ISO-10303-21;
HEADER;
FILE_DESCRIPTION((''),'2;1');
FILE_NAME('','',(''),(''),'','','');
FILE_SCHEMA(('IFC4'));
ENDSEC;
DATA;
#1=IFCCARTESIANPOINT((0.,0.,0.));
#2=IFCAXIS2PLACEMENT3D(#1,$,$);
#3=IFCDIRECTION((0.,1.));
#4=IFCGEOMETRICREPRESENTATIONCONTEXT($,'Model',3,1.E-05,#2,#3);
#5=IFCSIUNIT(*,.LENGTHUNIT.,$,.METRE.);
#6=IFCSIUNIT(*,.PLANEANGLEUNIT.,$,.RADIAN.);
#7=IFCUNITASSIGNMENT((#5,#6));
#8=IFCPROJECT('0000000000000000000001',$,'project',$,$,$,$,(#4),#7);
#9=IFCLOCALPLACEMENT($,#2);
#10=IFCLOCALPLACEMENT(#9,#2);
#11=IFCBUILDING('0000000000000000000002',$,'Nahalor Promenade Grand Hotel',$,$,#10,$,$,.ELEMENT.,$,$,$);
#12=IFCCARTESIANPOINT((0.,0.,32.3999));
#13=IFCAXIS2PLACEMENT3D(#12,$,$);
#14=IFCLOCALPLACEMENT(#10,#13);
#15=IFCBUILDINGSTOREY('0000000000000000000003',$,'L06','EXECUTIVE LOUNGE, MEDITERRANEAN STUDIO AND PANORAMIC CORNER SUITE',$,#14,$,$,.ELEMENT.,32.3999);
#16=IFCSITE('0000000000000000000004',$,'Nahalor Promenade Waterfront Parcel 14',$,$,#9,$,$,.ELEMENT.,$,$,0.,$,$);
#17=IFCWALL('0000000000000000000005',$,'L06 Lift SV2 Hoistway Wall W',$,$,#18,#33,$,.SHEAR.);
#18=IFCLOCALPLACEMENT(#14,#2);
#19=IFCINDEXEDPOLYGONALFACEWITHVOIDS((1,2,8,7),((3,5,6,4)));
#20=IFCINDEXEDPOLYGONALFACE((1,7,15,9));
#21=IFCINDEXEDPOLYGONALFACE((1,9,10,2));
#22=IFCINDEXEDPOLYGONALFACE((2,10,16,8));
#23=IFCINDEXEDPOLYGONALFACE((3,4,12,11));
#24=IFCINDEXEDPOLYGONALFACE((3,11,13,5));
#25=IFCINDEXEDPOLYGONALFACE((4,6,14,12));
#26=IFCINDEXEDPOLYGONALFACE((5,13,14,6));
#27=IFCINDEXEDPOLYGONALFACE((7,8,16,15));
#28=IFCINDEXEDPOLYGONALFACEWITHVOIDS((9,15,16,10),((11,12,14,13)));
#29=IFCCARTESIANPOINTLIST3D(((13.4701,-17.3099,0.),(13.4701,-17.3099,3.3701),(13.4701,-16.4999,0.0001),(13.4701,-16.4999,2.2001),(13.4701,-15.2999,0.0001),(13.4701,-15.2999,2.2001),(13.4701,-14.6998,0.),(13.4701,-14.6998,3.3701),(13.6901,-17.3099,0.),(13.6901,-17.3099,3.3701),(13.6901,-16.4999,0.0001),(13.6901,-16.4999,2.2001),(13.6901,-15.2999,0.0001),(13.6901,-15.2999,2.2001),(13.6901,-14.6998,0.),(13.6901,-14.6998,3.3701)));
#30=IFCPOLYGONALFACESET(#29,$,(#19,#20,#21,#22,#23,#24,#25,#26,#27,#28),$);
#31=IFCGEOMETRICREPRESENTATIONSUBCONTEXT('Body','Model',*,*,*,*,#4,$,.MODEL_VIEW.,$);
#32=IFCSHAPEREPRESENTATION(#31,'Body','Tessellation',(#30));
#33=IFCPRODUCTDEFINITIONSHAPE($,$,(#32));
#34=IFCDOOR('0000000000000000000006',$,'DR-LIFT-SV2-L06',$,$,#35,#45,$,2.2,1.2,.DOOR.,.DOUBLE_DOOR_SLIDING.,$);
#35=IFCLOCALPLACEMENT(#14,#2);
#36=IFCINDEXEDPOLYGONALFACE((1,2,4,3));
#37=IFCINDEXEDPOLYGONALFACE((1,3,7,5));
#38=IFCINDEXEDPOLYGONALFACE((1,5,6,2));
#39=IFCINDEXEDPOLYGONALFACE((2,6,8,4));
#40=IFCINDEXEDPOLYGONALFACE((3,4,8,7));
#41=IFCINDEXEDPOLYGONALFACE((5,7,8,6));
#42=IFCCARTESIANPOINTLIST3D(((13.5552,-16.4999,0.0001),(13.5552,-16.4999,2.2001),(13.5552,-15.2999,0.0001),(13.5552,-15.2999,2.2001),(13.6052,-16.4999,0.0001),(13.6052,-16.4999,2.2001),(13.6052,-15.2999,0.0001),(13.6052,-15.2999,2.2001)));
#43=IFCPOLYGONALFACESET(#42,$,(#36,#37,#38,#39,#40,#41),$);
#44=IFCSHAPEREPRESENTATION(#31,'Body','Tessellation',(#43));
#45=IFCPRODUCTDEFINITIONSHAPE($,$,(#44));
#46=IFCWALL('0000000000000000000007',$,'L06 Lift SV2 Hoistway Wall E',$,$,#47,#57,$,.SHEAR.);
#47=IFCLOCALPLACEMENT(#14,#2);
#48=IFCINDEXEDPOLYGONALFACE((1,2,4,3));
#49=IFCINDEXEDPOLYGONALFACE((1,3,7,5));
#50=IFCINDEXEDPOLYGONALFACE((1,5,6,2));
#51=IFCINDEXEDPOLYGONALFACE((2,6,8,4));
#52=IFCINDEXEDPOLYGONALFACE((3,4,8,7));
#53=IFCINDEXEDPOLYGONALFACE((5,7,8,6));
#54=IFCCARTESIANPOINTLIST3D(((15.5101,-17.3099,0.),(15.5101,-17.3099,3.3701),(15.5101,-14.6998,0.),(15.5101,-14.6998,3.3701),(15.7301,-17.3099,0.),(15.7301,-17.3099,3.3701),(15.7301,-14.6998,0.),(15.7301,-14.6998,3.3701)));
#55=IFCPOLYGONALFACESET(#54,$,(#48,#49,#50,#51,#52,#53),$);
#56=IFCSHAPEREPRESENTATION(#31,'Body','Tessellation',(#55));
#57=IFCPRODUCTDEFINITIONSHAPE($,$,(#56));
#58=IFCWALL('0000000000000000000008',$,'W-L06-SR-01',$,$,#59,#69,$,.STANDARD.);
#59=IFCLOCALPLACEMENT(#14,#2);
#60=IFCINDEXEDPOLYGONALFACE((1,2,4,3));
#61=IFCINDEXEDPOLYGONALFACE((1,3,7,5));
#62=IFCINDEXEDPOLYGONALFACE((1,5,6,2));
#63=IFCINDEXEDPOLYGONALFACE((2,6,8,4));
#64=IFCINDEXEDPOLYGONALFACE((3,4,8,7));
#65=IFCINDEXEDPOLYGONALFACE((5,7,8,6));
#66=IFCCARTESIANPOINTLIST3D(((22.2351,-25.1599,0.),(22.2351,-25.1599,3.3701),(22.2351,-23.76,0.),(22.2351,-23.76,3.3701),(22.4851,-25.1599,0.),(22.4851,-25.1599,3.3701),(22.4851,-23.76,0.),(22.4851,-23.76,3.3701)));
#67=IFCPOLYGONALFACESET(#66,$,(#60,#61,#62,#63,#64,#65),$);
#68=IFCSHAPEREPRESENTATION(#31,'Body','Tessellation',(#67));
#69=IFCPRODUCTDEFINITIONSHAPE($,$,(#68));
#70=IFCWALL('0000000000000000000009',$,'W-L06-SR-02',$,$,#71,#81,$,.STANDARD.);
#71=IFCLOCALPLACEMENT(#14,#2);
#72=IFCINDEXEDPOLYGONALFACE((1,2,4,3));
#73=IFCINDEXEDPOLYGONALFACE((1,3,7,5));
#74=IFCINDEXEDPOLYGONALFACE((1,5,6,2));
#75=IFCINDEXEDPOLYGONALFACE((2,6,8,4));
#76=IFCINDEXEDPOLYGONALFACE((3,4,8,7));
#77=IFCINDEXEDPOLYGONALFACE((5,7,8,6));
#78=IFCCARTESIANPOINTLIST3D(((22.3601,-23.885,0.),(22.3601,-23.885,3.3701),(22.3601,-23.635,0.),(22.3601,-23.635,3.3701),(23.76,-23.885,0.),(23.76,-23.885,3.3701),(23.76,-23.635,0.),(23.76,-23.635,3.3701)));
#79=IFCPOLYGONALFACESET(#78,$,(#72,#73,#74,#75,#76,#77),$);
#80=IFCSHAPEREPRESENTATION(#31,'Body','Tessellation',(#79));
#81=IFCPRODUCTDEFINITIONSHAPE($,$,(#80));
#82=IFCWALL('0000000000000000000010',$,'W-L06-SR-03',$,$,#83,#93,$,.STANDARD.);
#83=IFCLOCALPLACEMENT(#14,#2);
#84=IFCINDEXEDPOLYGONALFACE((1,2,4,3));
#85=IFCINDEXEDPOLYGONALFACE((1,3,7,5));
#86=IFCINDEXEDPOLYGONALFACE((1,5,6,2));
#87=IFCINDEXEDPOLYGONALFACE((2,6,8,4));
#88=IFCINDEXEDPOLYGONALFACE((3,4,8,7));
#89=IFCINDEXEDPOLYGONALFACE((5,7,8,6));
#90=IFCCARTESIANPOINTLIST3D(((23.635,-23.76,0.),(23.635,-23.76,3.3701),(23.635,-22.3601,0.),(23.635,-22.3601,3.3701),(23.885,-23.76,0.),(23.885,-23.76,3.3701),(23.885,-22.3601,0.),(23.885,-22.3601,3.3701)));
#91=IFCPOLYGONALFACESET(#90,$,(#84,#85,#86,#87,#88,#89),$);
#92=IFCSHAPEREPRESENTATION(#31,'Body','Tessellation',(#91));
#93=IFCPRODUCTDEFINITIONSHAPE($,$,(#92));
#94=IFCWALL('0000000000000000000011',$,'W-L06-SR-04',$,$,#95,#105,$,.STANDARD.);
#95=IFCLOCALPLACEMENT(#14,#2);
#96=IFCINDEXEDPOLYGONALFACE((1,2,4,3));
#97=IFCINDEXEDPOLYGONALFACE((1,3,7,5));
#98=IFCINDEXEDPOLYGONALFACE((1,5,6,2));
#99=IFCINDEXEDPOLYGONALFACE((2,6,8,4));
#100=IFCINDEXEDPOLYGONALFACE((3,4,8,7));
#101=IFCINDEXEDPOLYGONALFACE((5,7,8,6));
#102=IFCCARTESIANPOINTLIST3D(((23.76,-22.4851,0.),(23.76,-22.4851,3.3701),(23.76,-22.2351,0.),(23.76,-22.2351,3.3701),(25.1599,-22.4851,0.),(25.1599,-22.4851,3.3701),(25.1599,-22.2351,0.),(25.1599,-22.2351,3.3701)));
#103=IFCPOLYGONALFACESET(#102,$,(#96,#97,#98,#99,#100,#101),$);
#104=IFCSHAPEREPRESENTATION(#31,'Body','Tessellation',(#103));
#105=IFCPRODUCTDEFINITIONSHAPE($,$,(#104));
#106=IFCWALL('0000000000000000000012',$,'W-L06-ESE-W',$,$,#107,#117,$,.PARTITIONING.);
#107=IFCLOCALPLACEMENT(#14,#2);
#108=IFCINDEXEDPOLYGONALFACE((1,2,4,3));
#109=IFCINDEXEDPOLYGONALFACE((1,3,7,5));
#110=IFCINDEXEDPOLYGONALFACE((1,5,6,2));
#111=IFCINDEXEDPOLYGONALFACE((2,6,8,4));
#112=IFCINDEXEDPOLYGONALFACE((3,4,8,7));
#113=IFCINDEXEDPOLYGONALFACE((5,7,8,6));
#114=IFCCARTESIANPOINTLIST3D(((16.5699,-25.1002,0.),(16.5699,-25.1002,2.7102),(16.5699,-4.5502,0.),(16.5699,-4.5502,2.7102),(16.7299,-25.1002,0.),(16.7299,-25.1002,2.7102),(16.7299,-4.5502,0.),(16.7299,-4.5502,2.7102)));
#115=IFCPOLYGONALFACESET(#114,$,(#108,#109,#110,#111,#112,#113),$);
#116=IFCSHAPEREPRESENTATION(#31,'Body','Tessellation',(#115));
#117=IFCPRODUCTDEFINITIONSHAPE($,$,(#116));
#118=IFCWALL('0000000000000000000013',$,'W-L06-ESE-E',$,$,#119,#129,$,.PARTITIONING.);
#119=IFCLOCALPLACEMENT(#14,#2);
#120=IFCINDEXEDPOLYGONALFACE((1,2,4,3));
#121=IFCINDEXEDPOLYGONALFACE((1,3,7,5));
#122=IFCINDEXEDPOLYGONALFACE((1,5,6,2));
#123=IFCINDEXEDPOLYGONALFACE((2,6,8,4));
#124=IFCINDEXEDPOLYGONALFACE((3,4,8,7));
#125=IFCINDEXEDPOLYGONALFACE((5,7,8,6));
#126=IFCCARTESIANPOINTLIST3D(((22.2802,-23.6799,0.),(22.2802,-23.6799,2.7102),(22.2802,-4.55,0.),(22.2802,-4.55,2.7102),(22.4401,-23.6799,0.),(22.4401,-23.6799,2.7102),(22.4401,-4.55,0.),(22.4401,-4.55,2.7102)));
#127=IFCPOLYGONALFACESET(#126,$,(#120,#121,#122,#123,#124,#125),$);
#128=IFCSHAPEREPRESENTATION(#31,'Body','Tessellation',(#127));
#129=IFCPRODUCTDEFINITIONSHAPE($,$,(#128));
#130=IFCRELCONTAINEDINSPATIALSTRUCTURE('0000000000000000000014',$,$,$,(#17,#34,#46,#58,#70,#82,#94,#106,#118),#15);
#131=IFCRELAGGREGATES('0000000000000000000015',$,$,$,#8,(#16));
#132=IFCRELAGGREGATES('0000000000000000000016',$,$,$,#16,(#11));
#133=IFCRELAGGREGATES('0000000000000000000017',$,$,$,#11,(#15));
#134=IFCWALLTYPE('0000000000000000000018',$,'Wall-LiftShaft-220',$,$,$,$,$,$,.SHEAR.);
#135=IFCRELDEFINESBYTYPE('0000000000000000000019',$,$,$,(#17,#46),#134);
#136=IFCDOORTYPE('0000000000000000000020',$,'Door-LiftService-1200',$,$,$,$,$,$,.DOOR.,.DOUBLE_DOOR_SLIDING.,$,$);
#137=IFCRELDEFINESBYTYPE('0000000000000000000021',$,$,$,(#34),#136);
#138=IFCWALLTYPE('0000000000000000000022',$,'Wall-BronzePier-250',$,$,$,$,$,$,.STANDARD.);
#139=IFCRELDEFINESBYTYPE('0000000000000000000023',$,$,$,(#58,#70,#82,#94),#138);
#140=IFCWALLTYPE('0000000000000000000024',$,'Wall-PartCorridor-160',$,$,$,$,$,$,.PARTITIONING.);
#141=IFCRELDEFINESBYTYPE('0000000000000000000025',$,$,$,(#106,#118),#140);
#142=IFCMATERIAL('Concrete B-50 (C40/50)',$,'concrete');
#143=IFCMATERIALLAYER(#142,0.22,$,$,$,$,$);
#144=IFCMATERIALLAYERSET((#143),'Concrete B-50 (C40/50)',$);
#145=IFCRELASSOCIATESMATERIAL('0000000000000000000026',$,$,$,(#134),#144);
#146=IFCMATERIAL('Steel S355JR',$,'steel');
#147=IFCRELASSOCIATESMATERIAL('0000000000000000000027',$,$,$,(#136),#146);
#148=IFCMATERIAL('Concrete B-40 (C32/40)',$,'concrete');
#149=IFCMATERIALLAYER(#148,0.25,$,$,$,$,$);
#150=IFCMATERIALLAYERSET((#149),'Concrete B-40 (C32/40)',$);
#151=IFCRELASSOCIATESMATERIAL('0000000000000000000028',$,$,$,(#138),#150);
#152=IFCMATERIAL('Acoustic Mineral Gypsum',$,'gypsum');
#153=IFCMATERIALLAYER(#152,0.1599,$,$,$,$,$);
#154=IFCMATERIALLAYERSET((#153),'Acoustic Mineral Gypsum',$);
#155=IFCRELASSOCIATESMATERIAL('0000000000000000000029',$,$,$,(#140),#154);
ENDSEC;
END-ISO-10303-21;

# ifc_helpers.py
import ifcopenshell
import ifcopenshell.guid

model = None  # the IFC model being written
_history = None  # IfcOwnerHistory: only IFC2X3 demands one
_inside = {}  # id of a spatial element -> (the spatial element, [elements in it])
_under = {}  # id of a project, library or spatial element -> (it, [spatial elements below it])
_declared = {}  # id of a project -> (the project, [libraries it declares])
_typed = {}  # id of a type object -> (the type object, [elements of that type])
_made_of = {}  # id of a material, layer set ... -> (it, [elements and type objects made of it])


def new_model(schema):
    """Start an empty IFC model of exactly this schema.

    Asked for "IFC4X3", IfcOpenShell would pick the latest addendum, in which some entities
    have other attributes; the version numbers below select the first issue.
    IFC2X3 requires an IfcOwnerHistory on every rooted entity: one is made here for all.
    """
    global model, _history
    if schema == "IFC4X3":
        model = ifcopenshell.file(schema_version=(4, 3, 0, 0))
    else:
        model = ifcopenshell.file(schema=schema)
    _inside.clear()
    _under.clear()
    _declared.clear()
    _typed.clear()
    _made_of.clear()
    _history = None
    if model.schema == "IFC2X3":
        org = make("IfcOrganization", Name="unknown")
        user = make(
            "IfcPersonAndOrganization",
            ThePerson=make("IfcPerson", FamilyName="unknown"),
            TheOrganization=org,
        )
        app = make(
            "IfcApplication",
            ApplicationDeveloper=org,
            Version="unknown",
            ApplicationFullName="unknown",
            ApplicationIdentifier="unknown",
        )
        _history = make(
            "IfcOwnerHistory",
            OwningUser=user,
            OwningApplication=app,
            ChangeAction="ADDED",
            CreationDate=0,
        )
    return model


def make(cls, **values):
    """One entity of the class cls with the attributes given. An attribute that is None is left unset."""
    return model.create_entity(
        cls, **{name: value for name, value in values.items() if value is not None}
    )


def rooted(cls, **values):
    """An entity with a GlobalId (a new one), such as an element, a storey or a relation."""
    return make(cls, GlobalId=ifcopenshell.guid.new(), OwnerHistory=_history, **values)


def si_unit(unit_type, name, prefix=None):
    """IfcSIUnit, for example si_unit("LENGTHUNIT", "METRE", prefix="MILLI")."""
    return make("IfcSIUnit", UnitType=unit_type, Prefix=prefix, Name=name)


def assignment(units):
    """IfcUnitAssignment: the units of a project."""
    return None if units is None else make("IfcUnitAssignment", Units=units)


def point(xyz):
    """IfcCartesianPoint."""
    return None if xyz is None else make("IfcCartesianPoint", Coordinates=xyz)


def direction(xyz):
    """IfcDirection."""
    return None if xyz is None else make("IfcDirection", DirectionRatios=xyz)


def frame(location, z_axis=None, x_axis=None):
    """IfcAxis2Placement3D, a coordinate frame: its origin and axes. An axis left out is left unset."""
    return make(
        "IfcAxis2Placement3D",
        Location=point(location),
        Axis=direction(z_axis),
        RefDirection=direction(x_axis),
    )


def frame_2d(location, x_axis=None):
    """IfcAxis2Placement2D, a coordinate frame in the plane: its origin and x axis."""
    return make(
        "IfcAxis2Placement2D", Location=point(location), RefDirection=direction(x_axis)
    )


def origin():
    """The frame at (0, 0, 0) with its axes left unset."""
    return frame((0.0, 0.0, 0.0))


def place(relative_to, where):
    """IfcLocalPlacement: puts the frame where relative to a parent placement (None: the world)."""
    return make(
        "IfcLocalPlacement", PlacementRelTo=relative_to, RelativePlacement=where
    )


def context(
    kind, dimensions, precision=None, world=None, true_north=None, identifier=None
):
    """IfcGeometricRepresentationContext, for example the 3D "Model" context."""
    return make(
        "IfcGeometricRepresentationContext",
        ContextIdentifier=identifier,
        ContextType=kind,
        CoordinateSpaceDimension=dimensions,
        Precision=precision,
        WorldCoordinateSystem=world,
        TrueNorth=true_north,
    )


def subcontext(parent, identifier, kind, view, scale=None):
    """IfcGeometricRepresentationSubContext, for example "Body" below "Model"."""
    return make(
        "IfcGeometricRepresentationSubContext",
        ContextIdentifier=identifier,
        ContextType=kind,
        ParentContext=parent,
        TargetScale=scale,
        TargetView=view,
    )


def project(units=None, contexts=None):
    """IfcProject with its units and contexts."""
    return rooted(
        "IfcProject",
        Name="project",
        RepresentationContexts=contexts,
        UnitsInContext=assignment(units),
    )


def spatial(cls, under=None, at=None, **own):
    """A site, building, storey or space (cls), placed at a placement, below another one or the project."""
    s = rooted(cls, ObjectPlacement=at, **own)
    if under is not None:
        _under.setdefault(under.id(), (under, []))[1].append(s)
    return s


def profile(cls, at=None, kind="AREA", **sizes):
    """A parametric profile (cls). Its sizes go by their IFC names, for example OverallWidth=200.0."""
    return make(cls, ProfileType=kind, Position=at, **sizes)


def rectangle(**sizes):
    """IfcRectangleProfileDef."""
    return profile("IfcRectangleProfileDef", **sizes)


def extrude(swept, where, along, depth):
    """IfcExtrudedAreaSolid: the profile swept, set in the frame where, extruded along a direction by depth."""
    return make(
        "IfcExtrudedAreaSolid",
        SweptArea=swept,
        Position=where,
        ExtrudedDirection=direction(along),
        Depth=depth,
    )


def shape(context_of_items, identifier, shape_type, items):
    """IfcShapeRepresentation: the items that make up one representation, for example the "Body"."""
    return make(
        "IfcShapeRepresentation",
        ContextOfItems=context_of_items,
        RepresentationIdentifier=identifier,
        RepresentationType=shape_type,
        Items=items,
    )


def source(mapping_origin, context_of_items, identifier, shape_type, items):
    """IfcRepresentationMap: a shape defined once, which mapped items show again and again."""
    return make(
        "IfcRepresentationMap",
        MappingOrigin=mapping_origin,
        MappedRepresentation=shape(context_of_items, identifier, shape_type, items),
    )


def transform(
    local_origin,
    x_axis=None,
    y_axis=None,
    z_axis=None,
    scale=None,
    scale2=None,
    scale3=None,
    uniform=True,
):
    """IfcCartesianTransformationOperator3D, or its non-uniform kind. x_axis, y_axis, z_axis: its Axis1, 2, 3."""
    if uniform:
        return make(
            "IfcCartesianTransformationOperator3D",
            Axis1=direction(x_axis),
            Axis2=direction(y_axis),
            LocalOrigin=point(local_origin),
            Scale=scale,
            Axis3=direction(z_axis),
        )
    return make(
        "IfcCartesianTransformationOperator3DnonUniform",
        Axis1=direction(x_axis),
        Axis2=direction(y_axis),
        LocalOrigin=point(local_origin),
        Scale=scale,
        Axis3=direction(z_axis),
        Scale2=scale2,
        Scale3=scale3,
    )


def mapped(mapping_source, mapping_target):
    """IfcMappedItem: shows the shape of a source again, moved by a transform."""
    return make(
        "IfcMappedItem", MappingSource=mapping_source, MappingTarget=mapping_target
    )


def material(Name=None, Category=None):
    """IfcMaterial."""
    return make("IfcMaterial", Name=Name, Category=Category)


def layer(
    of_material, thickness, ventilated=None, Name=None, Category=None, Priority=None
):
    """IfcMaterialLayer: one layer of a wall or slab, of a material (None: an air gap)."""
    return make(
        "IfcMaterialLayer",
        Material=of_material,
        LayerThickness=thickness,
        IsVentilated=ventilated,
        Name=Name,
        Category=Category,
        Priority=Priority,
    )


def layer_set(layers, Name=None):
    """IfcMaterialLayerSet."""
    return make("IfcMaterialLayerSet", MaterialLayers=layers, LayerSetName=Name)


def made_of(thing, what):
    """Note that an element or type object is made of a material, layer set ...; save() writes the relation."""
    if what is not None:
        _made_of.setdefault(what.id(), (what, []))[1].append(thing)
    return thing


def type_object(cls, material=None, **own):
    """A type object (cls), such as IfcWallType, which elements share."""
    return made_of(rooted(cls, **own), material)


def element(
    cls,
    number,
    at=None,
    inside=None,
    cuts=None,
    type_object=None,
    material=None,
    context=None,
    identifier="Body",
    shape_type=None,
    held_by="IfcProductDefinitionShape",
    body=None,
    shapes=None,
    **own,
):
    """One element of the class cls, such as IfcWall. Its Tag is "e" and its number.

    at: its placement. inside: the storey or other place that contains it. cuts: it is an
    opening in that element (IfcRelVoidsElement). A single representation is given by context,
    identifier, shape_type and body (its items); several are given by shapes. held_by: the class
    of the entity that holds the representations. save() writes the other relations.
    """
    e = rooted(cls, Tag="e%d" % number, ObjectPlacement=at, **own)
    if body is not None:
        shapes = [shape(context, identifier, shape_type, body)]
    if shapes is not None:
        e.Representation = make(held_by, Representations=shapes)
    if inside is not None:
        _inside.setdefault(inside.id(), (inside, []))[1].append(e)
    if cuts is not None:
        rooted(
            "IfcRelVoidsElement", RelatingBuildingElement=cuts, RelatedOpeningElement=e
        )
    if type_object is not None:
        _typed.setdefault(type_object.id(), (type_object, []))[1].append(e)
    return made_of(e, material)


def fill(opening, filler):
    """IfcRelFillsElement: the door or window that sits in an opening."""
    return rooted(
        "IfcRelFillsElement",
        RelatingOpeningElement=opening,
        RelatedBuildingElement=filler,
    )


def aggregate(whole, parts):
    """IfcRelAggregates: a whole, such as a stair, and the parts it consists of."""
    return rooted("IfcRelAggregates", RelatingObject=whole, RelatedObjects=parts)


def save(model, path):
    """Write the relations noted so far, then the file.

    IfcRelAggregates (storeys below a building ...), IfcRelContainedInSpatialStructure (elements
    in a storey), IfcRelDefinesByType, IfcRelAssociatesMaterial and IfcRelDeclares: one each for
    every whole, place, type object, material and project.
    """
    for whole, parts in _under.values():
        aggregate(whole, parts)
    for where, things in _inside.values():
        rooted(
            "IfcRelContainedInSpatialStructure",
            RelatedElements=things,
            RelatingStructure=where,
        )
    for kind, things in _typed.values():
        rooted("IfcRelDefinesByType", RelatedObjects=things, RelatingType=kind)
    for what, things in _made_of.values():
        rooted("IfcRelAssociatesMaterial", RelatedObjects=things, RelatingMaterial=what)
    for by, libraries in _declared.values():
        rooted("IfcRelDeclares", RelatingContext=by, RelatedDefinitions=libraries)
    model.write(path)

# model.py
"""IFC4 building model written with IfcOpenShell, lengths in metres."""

from ifc_helpers import new_model, si_unit, direction, frame, frame_2d, origin, place, context, subcontext, project, spatial, rectangle, extrude, source, transform, mapped, material, layer, layer_set, type_object, element, fill, save


model = new_model("IFC4")

# Units and contexts
model_context = context("Model", 3, precision=1e-05, world=origin(), true_north=direction((0.0, 1.0)))
body_context = subcontext(model_context, "Body", "Model", "MODEL_VIEW")
ifc_project = project(units=[si_unit("LENGTHUNIT", "METRE"), si_unit("PLANEANGLEUNIT", "RADIAN")], contexts=[model_context])

# Site, building, storey
site_placement = place(None, origin())
site = spatial("IfcSite", under=ifc_project, at=site_placement, Name="Nahalor Promenade Waterfront Parcel 14", CompositionType="ELEMENT", RefElevation=0.0)
building_placement = place(site_placement, origin())
building = spatial("IfcBuilding", under=site, at=building_placement, Name="Nahalor Promenade Grand Hotel", CompositionType="ELEMENT")
storey_placement = place(building_placement, frame((0.0, 0.0, 32.3999)))
storey = spatial("IfcBuildingStorey", under=building, at=storey_placement, Name="L06", Description="EXECUTIVE LOUNGE, MEDITERRANEAN STUDIO AND PANORAMIC CORNER SUITE", CompositionType="ELEMENT", Elevation=32.3999)

# Shared definitions
ifc_material_1 = material(Name="Steel S355JR", Category="steel")

# Shared definitions
ifc_material_2 = material(Name="Concrete B-50 (C40/50)", Category="concrete")
ifc_layer_1 = layer(ifc_material_2, 0.22)
ifc_layer_set_1 = layer_set([ifc_layer_1], Name="Concrete B-50 (C40/50)")
wall_type_1 = type_object("IfcWallType", Name="Wall-LiftShaft-220", PredefinedType="SHEAR", material=ifc_layer_set_1)

# Wall, opening, door
shared_shape_1 = source(origin(), body_context, "Body", "SweptSolid", [
    extrude(rectangle(XDim=2.6101, YDim=0.22, at=frame_2d((1.3052, 0.0))), origin(), (0.0, 0.0, 1.0), 3.3701),
])
wall_1_placement = place(storey_placement, frame((13.5801, -17.3101, 0.0), z_axis=(0.0, 0.0, 1.0), x_axis=(0.0, 1.0, 0.0)))
wall_1 = element("IfcWall", 1, at=wall_1_placement, inside=storey, type_object=wall_type_1, Name="L06 Lift SV2 Hoistway Wall W", PredefinedType="SHEAR", context=body_context, shape_type="MappedRepresentation", body=[
    mapped(shared_shape_1, transform((0.0, 0.0, 0.0), scale=1.0)),
])
opening_placement = place(wall_1_placement, frame((0.8101, 0.0, 0.0)))
opening = element("IfcOpeningElement", 2, at=opening_placement, cuts=wall_1, PredefinedType="OPENING", context=body_context, shape_type="SweptSolid", body=[
    extrude(rectangle(XDim=1.2, YDim=2.2, at=frame_2d((0.6001, 1.1001))), frame((0.0, 0.1199, 0.0), z_axis=(0.0, -1.0, 0.0), x_axis=(1.0, 0.0, 0.0)), (0.0, 0.0, 1.0), 0.24),
])
door_type = type_object("IfcDoorType", Name="Door-LiftService-1200", OperationType="DOUBLE_DOOR_SLIDING", PredefinedType="DOOR", material=ifc_material_1)
shared_shape_2 = source(origin(), body_context, "Body", "SweptSolid", [
    extrude(rectangle(XDim=1.2, YDim=2.2, at=frame_2d((0.6001, 1.1001))), frame((0.0, 0.0249, 0.0), z_axis=(0.0, -1.0, 0.0), x_axis=(1.0, 0.0, 0.0)), (0.0, 0.0, 1.0), 0.05),
])
door_placement = place(opening_placement, origin())
door = element("IfcDoor", 3, at=door_placement, inside=storey, type_object=door_type, Name="DR-LIFT-SV2-L06", OperationType="DOUBLE_DOOR_SLIDING", OverallHeight=2.2, OverallWidth=1.2, PredefinedType="DOOR", context=body_context, shape_type="MappedRepresentation", body=[
    mapped(shared_shape_2, transform((0.0, 0.0, 0.0), scale=1.0)),
])
fill(opening, door)

# Walls
wall_2_placement = place(storey_placement, frame((15.6201, -17.3101, 0.0), z_axis=(0.0, 0.0, 1.0), x_axis=(0.0, 1.0, 0.0)))
element("IfcWall", 4, at=wall_2_placement, inside=storey, type_object=wall_type_1, Name="L06 Lift SV2 Hoistway Wall E", PredefinedType="SHEAR", context=body_context, shape_type="MappedRepresentation", body=[
    mapped(shared_shape_1, transform((0.0, 0.0, 0.0), scale=1.0)),
])
ifc_material_3 = material(Name="Concrete B-40 (C32/40)", Category="concrete")
ifc_layer_2 = layer(ifc_material_3, 0.25)
ifc_layer_set_2 = layer_set([ifc_layer_2], Name="Concrete B-40 (C32/40)")
wall_type_2 = type_object("IfcWallType", Name="Wall-BronzePier-250", PredefinedType="STANDARD", material=ifc_layer_set_2)
shared_shape_3 = source(origin(), body_context, "Body", "SweptSolid", [
    extrude(rectangle(XDim=1.3999, YDim=0.25, at=frame_2d((0.7, 0.0))), origin(), (0.0, 0.0, 1.0), 3.3701),
])
for number, where, z_axis, x_axis, name in (
    (5, (22.3601, -25.1599, 0.0), (0.0, 0.0, 1.0), (0.0, 1.0, 0.0), "W-L06-SR-01"),
    (6, (22.3601, -23.76, 0.0), (0.0, 0.0, 1.0), (1.0, 0.0, 0.0), "W-L06-SR-02"),
    (7, (23.76, -23.76, 0.0), (0.0, 0.0, 1.0), (0.0, 1.0, 0.0), "W-L06-SR-03"),
    (8, (23.76, -22.3601, 0.0), (0.0, 0.0, 1.0), (1.0, 0.0, 0.0), "W-L06-SR-04"),
):
    element("IfcWall", number, at=place(storey_placement, frame(where, z_axis=z_axis, x_axis=x_axis)), inside=storey, type_object=wall_type_2, Name=name, PredefinedType="STANDARD", context=body_context, shape_type="MappedRepresentation", body=[
        mapped(shared_shape_3, transform((0.0, 0.0, 0.0), scale=1.0)),
    ])
ifc_material_4 = material(Name="Acoustic Mineral Gypsum", Category="gypsum")
ifc_layer_3 = layer(ifc_material_4, 0.1599)
ifc_layer_set_3 = layer_set([ifc_layer_3], Name="Acoustic Mineral Gypsum")
wall_type_3 = type_object("IfcWallType", Name="Wall-PartCorridor-160", PredefinedType="PARTITIONING", material=ifc_layer_set_3)
shared_shape_4 = source(origin(), body_context, "Body", "SweptSolid", [
    extrude(rectangle(XDim=20.55, YDim=0.1599, at=frame_2d((10.2749, 0.0))), origin(), (0.0, 0.0, 1.0), 2.7102),
])
wall_3_placement = place(storey_placement, frame((16.6499, -25.1001, 0.0), z_axis=(0.0, 0.0, 1.0), x_axis=(0.0, 1.0, 0.0)))
element("IfcWall", 9, at=wall_3_placement, inside=storey, type_object=wall_type_3, Name="W-L06-ESE-W", PredefinedType="PARTITIONING", context=body_context, shape_type="MappedRepresentation", body=[
    mapped(shared_shape_4, transform((0.0, 0.0, 0.0), scale=1.0)),
])
shared_shape_5 = source(origin(), body_context, "Body", "SweptSolid", [
    extrude(rectangle(XDim=19.1299, YDim=0.1599, at=frame_2d((9.5649, 0.0))), origin(), (0.0, 0.0, 1.0), 2.7102),
])
wall_4_placement = place(storey_placement, frame((22.3601, -23.6799, 0.0), z_axis=(0.0, 0.0, 1.0), x_axis=(0.0, 1.0, 0.0)))
element("IfcWall", 10, at=wall_4_placement, inside=storey, type_object=wall_type_3, Name="W-L06-ESE-E", PredefinedType="PARTITIONING", context=body_context, shape_type="MappedRepresentation", body=[
    mapped(shared_shape_5, transform((0.0, 0.0, 0.0), scale=1.0)),
])

save(model, "model.ifc")
